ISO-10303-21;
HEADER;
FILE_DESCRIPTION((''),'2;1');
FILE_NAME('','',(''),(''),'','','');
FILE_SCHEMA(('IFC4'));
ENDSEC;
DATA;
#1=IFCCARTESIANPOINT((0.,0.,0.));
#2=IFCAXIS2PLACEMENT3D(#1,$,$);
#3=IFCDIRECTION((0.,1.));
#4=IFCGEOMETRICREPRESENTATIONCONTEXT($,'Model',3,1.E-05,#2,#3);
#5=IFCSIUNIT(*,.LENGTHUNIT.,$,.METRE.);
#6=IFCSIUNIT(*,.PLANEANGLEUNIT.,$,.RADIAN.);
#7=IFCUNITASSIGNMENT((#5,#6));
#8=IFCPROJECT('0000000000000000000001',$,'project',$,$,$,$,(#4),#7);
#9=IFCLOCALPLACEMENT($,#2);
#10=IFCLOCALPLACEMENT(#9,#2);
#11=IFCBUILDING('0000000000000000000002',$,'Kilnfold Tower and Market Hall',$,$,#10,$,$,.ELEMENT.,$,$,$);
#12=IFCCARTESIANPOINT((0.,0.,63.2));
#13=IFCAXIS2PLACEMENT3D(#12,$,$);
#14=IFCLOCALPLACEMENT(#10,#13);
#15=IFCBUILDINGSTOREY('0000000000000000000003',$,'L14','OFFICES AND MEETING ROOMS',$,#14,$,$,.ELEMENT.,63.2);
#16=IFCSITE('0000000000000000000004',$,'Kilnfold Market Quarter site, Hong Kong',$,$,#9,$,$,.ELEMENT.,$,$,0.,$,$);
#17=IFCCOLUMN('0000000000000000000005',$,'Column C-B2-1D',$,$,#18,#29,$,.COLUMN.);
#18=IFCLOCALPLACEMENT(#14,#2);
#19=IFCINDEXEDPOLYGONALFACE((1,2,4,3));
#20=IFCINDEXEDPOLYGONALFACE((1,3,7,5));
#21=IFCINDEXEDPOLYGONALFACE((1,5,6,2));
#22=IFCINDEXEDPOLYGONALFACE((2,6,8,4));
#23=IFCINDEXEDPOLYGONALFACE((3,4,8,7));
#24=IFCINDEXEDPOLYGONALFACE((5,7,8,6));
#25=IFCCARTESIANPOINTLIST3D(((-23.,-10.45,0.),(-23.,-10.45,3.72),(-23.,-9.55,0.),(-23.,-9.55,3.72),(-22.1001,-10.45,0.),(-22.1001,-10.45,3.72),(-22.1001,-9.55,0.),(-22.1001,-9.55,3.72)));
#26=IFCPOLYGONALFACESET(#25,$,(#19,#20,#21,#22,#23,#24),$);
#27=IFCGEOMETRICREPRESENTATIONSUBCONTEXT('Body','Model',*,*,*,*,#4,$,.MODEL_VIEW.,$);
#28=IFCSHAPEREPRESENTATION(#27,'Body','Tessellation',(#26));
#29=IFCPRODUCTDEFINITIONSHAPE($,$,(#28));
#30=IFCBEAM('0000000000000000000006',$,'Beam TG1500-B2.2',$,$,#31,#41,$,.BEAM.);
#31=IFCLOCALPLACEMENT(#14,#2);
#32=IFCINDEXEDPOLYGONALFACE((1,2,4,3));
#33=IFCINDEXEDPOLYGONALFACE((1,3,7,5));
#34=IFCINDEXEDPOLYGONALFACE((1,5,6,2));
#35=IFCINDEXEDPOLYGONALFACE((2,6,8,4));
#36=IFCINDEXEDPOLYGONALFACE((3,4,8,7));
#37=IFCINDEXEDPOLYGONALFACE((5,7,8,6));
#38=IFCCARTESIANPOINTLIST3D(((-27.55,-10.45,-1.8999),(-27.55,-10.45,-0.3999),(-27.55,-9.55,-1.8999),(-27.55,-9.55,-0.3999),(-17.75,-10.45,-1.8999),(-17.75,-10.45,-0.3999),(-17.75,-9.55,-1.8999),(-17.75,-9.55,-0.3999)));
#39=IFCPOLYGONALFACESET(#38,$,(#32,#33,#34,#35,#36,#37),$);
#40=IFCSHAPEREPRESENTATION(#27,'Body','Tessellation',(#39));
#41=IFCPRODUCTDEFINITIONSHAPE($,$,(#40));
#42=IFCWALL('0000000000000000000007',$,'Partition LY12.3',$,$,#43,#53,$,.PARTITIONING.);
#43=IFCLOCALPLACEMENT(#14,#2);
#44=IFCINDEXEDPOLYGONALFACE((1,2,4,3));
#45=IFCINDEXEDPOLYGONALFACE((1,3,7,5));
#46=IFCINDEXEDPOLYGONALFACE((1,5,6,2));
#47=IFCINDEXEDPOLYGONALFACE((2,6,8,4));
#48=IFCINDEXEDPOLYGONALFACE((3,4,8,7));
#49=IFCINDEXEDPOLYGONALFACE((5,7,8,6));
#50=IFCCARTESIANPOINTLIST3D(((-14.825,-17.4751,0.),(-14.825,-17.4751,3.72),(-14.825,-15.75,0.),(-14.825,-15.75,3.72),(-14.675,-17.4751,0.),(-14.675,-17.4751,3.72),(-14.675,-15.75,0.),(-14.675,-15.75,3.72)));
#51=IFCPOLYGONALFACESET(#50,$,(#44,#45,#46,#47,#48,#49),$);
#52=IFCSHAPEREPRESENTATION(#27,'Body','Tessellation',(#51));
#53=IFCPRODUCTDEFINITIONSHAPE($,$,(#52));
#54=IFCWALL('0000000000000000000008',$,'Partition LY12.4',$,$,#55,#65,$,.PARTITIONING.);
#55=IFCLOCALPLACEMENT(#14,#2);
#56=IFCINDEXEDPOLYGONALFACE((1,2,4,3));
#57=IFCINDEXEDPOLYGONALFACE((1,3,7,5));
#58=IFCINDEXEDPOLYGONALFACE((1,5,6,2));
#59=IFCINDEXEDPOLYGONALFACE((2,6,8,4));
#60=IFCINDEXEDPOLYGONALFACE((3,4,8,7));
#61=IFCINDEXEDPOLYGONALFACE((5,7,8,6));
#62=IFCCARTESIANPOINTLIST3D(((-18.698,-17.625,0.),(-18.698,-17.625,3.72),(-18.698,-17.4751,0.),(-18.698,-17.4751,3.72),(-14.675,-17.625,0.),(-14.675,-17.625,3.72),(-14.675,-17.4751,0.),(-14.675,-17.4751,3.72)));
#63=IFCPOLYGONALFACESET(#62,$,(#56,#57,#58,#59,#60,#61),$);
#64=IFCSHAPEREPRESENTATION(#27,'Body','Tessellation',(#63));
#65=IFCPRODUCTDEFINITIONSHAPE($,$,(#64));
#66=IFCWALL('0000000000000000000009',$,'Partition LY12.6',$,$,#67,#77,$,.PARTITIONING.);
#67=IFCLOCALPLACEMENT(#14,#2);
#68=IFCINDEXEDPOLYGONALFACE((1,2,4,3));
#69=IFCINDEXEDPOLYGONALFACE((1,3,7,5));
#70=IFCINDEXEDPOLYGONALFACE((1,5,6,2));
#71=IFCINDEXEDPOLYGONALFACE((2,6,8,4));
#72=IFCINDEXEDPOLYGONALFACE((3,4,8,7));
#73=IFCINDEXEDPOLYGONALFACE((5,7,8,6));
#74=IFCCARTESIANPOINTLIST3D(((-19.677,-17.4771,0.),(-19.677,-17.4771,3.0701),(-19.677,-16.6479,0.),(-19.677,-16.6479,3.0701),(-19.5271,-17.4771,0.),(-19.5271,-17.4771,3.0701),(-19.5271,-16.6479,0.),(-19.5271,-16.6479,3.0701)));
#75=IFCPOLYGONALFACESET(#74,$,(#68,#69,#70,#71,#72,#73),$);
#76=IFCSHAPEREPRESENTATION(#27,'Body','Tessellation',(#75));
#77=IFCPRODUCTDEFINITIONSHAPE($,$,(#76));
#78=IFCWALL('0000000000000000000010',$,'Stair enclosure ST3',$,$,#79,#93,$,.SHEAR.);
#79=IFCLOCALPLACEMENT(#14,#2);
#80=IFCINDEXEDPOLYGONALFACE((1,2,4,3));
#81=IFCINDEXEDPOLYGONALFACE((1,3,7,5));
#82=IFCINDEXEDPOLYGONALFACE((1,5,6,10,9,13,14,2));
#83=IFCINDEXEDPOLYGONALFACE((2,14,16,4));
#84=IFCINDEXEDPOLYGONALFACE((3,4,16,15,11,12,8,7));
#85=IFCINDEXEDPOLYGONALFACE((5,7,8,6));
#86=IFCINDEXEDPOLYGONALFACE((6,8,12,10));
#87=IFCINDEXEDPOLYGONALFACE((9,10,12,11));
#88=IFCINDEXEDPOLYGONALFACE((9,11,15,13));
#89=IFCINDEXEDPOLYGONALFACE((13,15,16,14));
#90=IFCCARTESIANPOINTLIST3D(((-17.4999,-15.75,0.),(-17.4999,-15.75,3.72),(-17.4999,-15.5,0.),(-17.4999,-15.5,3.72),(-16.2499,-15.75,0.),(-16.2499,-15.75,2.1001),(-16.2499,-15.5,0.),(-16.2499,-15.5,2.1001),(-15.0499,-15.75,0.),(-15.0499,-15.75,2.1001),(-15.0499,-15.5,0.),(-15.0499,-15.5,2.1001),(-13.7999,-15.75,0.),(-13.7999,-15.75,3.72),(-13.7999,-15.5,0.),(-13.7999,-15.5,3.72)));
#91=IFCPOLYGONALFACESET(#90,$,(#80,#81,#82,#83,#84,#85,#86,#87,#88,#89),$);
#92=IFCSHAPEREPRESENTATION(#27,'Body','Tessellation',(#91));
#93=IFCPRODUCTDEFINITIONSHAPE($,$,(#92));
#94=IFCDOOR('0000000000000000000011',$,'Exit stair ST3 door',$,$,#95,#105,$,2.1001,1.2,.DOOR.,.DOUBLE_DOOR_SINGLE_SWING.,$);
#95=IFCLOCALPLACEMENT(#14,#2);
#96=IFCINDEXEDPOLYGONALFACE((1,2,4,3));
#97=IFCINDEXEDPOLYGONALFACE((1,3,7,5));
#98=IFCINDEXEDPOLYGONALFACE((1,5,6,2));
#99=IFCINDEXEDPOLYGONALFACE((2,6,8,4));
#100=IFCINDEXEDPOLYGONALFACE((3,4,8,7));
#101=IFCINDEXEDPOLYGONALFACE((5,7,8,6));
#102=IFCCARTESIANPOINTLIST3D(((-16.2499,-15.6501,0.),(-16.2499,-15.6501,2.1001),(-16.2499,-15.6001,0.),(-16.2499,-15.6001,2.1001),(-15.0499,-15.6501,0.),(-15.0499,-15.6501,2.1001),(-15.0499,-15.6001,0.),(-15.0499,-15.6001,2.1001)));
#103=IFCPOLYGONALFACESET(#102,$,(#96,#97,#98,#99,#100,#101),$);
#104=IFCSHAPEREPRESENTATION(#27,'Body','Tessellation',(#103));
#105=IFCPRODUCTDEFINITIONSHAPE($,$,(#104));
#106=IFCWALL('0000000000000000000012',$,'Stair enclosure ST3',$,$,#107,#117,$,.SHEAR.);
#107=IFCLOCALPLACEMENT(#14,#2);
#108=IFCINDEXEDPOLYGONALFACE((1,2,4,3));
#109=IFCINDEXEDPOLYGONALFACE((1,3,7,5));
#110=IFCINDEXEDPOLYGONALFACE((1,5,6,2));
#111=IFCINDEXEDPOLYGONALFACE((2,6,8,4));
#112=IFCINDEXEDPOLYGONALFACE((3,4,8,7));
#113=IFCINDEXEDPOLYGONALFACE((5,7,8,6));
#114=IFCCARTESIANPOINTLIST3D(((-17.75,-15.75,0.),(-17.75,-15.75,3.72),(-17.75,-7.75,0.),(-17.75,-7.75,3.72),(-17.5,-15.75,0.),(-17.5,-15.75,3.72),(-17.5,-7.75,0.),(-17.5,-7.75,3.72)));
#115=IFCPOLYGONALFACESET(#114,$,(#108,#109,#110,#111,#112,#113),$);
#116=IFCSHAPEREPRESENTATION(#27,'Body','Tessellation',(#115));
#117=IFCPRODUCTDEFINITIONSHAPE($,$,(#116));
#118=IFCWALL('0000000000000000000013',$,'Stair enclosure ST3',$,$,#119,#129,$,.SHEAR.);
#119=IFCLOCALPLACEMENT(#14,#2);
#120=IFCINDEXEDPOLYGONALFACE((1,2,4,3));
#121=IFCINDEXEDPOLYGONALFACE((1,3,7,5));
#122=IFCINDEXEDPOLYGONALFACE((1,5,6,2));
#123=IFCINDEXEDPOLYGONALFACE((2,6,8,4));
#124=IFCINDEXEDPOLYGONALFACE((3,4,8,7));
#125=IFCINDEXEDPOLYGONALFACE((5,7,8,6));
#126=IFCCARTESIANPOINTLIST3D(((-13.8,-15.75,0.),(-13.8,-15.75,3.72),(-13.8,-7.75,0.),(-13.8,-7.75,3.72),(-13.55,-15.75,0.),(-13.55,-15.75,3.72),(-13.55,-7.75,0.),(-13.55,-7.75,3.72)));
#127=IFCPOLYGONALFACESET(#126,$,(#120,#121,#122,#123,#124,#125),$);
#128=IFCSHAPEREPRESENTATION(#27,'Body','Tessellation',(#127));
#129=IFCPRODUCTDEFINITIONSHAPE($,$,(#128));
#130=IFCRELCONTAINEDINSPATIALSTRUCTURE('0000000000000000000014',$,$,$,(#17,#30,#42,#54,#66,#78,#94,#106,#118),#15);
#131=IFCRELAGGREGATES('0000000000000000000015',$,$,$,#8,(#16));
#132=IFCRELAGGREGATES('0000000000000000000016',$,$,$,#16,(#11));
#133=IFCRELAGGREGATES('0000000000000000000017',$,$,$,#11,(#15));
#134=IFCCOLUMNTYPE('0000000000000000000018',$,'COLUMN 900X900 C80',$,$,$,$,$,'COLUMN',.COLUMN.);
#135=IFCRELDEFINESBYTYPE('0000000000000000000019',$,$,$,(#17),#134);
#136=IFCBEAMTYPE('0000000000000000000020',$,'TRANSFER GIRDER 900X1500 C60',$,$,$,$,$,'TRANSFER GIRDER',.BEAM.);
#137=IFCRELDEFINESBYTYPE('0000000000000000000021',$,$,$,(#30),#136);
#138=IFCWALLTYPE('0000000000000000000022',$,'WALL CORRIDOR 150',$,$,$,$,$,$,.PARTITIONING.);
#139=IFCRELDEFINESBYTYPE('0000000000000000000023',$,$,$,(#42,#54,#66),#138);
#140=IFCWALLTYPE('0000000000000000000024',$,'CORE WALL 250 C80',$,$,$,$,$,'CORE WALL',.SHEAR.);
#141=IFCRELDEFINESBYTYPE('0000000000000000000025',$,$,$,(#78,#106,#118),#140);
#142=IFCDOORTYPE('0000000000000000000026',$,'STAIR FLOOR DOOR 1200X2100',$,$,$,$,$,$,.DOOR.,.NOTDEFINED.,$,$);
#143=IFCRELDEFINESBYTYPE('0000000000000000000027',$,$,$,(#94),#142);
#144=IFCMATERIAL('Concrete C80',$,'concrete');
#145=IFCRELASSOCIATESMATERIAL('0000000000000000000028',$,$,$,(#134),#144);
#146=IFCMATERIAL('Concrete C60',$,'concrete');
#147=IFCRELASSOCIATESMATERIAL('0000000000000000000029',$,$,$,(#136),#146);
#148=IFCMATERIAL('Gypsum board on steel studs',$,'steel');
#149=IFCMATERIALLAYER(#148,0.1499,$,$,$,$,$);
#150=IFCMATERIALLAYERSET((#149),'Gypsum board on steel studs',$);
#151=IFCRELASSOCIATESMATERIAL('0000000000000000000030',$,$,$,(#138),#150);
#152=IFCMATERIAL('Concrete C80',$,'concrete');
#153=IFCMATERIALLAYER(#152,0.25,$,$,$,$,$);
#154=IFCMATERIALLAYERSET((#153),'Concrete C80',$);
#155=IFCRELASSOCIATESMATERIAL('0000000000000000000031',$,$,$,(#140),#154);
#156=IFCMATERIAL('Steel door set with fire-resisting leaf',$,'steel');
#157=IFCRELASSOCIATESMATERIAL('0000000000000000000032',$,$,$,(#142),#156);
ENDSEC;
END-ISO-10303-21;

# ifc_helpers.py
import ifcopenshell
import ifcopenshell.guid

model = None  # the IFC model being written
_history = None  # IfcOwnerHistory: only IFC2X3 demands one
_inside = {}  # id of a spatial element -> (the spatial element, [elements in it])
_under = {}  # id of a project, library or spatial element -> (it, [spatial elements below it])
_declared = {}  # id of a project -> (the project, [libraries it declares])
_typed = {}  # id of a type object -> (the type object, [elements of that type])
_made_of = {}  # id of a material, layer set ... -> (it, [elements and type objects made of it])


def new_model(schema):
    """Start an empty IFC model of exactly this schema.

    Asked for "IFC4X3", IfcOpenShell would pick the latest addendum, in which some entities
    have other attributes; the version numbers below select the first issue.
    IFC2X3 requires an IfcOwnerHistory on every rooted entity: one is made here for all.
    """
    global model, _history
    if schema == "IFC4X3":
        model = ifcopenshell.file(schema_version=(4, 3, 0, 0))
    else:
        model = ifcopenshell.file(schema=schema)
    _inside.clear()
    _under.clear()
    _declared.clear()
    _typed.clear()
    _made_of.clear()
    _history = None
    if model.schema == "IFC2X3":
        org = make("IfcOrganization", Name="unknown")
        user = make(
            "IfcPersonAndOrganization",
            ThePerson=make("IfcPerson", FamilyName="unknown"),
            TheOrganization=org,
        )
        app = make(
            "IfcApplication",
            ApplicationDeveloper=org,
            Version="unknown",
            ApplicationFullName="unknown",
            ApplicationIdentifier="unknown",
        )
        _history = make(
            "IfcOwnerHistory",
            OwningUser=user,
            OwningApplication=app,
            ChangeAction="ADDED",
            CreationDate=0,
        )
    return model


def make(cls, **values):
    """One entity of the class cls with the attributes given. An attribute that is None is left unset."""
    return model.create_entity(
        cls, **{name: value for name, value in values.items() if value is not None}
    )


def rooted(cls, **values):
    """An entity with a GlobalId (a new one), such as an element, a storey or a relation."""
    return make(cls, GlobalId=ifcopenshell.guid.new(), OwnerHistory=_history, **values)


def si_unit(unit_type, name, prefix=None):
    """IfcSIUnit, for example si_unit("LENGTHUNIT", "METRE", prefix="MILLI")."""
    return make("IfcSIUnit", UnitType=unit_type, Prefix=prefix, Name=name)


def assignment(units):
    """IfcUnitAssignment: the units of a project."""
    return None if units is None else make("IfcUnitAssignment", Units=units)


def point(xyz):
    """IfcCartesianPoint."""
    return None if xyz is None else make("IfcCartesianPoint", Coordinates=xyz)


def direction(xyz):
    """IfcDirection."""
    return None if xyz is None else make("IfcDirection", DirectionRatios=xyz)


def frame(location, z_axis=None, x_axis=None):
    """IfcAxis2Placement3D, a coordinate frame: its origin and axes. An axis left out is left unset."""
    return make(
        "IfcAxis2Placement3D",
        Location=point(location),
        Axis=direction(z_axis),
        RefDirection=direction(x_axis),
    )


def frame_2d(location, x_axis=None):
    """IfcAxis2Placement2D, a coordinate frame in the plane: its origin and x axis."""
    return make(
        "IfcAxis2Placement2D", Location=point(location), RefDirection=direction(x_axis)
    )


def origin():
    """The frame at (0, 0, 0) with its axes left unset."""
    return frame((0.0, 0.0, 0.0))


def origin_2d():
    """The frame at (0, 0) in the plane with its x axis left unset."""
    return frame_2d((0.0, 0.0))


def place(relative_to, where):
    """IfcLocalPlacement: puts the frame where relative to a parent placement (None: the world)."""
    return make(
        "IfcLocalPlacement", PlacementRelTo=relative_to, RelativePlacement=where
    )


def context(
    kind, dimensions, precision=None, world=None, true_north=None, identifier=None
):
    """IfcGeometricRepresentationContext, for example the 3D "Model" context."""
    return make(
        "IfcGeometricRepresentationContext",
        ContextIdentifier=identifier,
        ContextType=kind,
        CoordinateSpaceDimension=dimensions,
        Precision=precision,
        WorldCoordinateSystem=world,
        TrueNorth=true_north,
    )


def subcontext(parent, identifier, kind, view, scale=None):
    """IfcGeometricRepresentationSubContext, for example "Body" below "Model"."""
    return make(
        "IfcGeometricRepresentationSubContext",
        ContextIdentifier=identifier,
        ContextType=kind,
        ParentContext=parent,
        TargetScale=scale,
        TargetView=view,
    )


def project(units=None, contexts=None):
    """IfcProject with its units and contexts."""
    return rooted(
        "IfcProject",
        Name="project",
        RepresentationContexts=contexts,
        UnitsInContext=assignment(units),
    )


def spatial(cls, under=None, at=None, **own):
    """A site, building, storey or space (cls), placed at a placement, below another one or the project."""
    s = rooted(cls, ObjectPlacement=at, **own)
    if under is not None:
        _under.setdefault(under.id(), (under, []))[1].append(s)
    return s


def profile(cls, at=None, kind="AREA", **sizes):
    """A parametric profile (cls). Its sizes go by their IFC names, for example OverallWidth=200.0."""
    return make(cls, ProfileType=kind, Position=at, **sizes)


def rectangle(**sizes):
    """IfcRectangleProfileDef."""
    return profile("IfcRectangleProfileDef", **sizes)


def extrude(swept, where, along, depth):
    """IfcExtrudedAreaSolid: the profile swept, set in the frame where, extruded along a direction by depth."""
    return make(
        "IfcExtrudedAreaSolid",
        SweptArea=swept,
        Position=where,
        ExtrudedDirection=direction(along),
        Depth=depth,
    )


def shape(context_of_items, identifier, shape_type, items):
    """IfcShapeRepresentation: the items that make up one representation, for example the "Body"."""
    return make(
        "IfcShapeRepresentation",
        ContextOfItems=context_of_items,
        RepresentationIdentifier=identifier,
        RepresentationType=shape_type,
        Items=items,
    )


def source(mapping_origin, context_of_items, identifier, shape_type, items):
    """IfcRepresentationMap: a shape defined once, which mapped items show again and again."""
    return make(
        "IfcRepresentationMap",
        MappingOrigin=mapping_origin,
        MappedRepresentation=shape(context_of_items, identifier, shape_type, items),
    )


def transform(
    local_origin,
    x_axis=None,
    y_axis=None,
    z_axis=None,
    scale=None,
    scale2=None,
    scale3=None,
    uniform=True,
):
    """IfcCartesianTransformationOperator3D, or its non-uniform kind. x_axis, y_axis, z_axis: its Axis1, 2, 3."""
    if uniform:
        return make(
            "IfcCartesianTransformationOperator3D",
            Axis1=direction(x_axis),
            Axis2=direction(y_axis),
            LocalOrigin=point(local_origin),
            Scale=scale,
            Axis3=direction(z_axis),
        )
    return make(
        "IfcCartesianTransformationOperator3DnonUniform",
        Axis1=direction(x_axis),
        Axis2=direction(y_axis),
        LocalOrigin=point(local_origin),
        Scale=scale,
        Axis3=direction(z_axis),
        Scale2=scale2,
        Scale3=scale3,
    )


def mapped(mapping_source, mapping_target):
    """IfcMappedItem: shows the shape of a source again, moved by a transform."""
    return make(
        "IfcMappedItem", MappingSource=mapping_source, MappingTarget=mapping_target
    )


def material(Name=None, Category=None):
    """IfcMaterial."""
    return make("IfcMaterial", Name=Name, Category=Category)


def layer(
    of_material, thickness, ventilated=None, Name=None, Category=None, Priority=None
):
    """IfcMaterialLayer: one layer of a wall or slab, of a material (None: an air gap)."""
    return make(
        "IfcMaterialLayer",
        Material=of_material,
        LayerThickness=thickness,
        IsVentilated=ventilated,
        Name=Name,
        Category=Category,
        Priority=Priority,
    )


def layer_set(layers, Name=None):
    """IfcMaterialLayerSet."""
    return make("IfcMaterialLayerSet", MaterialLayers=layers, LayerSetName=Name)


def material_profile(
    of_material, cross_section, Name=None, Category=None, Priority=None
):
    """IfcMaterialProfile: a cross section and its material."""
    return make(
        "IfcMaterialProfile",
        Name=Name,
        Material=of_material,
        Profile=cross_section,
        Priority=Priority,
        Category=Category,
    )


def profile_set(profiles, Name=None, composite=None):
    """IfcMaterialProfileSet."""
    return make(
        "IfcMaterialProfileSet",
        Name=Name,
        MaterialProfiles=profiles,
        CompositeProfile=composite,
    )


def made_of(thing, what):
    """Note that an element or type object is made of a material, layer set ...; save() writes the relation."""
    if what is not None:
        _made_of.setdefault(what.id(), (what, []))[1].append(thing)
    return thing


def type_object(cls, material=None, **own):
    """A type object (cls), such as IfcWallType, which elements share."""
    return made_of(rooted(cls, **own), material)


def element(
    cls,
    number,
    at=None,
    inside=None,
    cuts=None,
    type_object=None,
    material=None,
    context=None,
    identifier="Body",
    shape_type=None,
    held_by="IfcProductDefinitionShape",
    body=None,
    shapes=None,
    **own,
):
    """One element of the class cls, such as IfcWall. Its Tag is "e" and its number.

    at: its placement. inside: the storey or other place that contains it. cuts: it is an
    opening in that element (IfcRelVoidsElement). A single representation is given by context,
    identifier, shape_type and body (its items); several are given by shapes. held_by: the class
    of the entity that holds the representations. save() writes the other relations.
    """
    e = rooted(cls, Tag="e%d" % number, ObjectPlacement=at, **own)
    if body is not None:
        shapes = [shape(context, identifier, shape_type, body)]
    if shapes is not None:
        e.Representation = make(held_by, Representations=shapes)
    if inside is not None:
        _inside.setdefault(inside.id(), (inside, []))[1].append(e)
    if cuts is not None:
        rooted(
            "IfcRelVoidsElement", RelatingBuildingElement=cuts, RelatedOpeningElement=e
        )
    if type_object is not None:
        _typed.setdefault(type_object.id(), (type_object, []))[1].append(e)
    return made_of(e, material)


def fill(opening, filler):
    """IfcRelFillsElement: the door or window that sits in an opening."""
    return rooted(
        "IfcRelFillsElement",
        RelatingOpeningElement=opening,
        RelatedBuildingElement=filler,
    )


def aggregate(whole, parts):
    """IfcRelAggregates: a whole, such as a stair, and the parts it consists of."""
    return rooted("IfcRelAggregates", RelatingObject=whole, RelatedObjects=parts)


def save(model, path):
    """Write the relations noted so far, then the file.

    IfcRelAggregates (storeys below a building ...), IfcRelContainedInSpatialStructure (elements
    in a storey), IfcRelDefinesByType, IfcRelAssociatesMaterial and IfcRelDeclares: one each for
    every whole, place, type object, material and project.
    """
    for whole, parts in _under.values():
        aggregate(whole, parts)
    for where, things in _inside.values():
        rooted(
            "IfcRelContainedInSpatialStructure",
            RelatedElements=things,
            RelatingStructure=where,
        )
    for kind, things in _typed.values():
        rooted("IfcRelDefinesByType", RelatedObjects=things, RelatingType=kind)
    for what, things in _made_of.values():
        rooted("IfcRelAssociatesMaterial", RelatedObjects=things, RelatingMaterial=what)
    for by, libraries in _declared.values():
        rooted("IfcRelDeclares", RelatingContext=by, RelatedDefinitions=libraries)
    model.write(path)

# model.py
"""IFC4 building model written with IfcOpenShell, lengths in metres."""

from ifc_helpers import new_model, si_unit, direction, frame, frame_2d, origin, origin_2d, place, context, subcontext, project, spatial, rectangle, extrude, source, transform, mapped, material, layer, layer_set, material_profile, profile_set, type_object, element, fill, save


model = new_model("IFC4")

# Units and contexts
model_context = context("Model", 3, precision=1e-05, world=origin(), true_north=direction((0.0, 1.0)))
body_context = subcontext(model_context, "Body", "Model", "MODEL_VIEW")
ifc_project = project(units=[si_unit("LENGTHUNIT", "METRE"), si_unit("PLANEANGLEUNIT", "RADIAN")], contexts=[model_context])

# Site, building, storey
site_placement = place(None, origin())
site = spatial("IfcSite", under=ifc_project, at=site_placement, Name="Kilnfold Market Quarter site, Hong Kong", CompositionType="ELEMENT", RefElevation=0.0)
building_placement = place(site_placement, origin())
building = spatial("IfcBuilding", under=site, at=building_placement, Name="Kilnfold Tower and Market Hall", CompositionType="ELEMENT")
storey_placement = place(building_placement, frame((0.0, 0.0, 63.2)))
storey = spatial("IfcBuildingStorey", under=building, at=storey_placement, Name="L14", Description="OFFICES AND MEETING ROOMS", CompositionType="ELEMENT", Elevation=63.2)

# Column
ifc_material_1 = material(Name="Concrete C80", Category="concrete")
ifc_material_profile_1 = material_profile(ifc_material_1, rectangle(XDim=0.8999, YDim=0.8999, at=origin_2d()), Name="RC 900x900")
ifc_profile_set_1 = profile_set([ifc_material_profile_1], Name="Concrete C80")
column_type = type_object("IfcColumnType", Name="COLUMN 900X900 C80", ElementType="COLUMN", PredefinedType="COLUMN", material=ifc_profile_set_1)
shared_shape_1 = source(origin(), body_context, "Body", "SweptSolid", [
    extrude(rectangle(XDim=0.8999, YDim=0.8999, at=origin_2d()), origin(), (0.0, 0.0, 1.0), 3.72),
])
column_placement = place(storey_placement, frame((-22.55, -10.0, 0.0), z_axis=(0.0, 0.0, 1.0), x_axis=(1.0, 0.0, 0.0)))
element("IfcColumn", 1, at=column_placement, inside=storey, type_object=column_type, Name="Column C-B2-1D", PredefinedType="COLUMN", context=body_context, shape_type="MappedRepresentation", body=[
    mapped(shared_shape_1, transform((0.0, 0.0, 0.0))),
])

# Beam
ifc_material_2 = material(Name="Concrete C60", Category="concrete")
ifc_material_profile_2 = material_profile(ifc_material_2, rectangle(XDim=0.8999, YDim=1.5, at=origin_2d()), Name="RC 900x1500")
ifc_profile_set_2 = profile_set([ifc_material_profile_2], Name="Concrete C60")
beam_type = type_object("IfcBeamType", Name="TRANSFER GIRDER 900X1500 C60", ElementType="TRANSFER GIRDER", PredefinedType="BEAM", material=ifc_profile_set_2)
shared_shape_2 = source(origin(), body_context, "Body", "SweptSolid", [
    extrude(rectangle(XDim=0.8999, YDim=1.5, at=origin_2d()), origin(), (0.0, 0.0, 1.0), 9.8),
])
beam_placement = place(storey_placement, frame((-27.55, -10.0, -1.1499), z_axis=(1.0, 0.0, 0.0), x_axis=(0.0, 1.0, 0.0)))
element("IfcBeam", 2, at=beam_placement, inside=storey, type_object=beam_type, Name="Beam TG1500-B2.2", PredefinedType="BEAM", context=body_context, shape_type="MappedRepresentation", body=[
    mapped(shared_shape_2, transform((0.0, 0.0, 0.0))),
])

# Walls
ifc_material_3 = material(Name="Gypsum board on steel studs", Category="steel")
ifc_layer_1 = layer(ifc_material_3, 0.1499)
ifc_layer_set_1 = layer_set([ifc_layer_1], Name="Gypsum board on steel studs")
wall_type_1 = type_object("IfcWallType", Name="WALL CORRIDOR 150", PredefinedType="PARTITIONING", material=ifc_layer_set_1)
wall_1_placement = place(storey_placement, frame((-14.75, -17.4751, 0.0), z_axis=(0.0, 0.0, 1.0), x_axis=(0.0, 1.0, 0.0)))
element("IfcWall", 3, at=wall_1_placement, inside=storey, type_object=wall_type_1, Name="Partition LY12.3", PredefinedType="PARTITIONING", context=body_context, shape_type="SweptSolid", body=[
    extrude(rectangle(XDim=1.7251, YDim=0.1499, at=frame_2d((0.8625, 0.0))), origin(), (0.0, 0.0, 1.0), 3.72),
])
wall_2_placement = place(storey_placement, frame((-18.698, -17.55, 0.0), z_axis=(0.0, 0.0, 1.0), x_axis=(1.0, 0.0, 0.0)))
element("IfcWall", 4, at=wall_2_placement, inside=storey, type_object=wall_type_1, Name="Partition LY12.4", PredefinedType="PARTITIONING", context=body_context, shape_type="SweptSolid", body=[
    extrude(rectangle(XDim=4.0229, YDim=0.1499, at=frame_2d((2.0115, 0.0))), origin(), (0.0, 0.0, 1.0), 3.72),
])
wall_3_placement = place(storey_placement, frame((-19.6021, -17.4771, 0.0), z_axis=(0.0, 0.0, 1.0), x_axis=(0.0, 1.0, 0.0)))
element("IfcWall", 5, at=wall_3_placement, inside=storey, type_object=wall_type_1, Name="Partition LY12.6", PredefinedType="PARTITIONING", context=body_context, shape_type="SweptSolid", body=[
    extrude(rectangle(XDim=0.8291, YDim=0.1499, at=frame_2d((0.4146, 0.0))), origin(), (0.0, 0.0, 1.0), 3.0701),
])

# Wall, opening, door
ifc_material_4 = material(Name="Concrete C80", Category="concrete")
ifc_layer_2 = layer(ifc_material_4, 0.25)
ifc_layer_set_2 = layer_set([ifc_layer_2], Name="Concrete C80")
wall_type_2 = type_object("IfcWallType", Name="CORE WALL 250 C80", ElementType="CORE WALL", PredefinedType="SHEAR", material=ifc_layer_set_2)
shared_shape_3 = source(origin(), body_context, "Body", "SweptSolid", [
    extrude(rectangle(XDim=3.7, YDim=0.25, at=frame_2d((1.8501, 0.0))), origin(), (0.0, 0.0, 1.0), 3.72),
])
wall_4_placement = place(storey_placement, frame((-17.5, -15.625, 0.0), z_axis=(0.0, 0.0, 1.0), x_axis=(1.0, 0.0, 0.0)))
wall_4 = element("IfcWall", 6, at=wall_4_placement, inside=storey, type_object=wall_type_2, Name="Stair enclosure ST3", PredefinedType="SHEAR", context=body_context, shape_type="MappedRepresentation", body=[
    mapped(shared_shape_3, transform((0.0, 0.0, 0.0))),
])
opening_1_placement = place(wall_4_placement, frame((1.25, 0.0, 0.0)))
opening_1 = element("IfcOpeningElement", 7, at=opening_1_placement, cuts=wall_4, PredefinedType="OPENING", context=body_context, shape_type="SweptSolid", body=[
    extrude(rectangle(XDim=1.2, YDim=2.1001, at=frame_2d((0.6001, 1.05))), frame((0.0, 0.135, 0.0), z_axis=(0.0, -1.0, 0.0), x_axis=(1.0, 0.0, 0.0)), (0.0, 0.0, 1.0), 0.27),
])
ifc_material_5 = material(Name="Steel door set with fire-resisting leaf", Category="steel")
door_type_1 = type_object("IfcDoorType", Name="STAIR FLOOR DOOR 1200X2100", OperationType="NOTDEFINED", PredefinedType="DOOR", material=ifc_material_5)
door_1_placement = place(opening_1_placement, origin())
door_1 = element("IfcDoor", 8, at=door_1_placement, inside=storey, type_object=door_type_1, Name="Exit stair ST3 door", OperationType="DOUBLE_DOOR_SINGLE_SWING", OverallHeight=2.1001, OverallWidth=1.2, PredefinedType="DOOR", context=body_context, shape_type="SweptSolid", body=[
    extrude(rectangle(XDim=1.2, YDim=2.1001, at=frame_2d((0.6001, 1.05))), frame((0.0, 0.0249, 0.0), z_axis=(0.0, -1.0, 0.0), x_axis=(1.0, 0.0, 0.0)), (0.0, 0.0, 1.0), 0.05),
])
fill(opening_1, door_1)

# Walls
shared_shape_4 = source(origin(), body_context, "Body", "SweptSolid", [
    extrude(rectangle(XDim=8.0, YDim=0.25, at=frame_2d((4.0, 0.0))), origin(), (0.0, 0.0, 1.0), 3.72),
])
for number, where, z_axis, x_axis, name in (
    (9, (-17.625, -15.75, 0.0), (0.0, 0.0, 1.0), (0.0, 1.0, 0.0), "Stair enclosure ST3"),
    (10, (-13.675, -15.75, 0.0), (0.0, 0.0, 1.0), (0.0, 1.0, 0.0), "Stair enclosure ST3"),
):
    element("IfcWall", number, at=place(storey_placement, frame(where, z_axis=z_axis, x_axis=x_axis)), inside=storey, type_object=wall_type_2, Name=name, PredefinedType="SHEAR", context=body_context, shape_type="MappedRepresentation", body=[
        mapped(shared_shape_4, transform((0.0, 0.0, 0.0))),
    ])

save(model, "model.ifc")
